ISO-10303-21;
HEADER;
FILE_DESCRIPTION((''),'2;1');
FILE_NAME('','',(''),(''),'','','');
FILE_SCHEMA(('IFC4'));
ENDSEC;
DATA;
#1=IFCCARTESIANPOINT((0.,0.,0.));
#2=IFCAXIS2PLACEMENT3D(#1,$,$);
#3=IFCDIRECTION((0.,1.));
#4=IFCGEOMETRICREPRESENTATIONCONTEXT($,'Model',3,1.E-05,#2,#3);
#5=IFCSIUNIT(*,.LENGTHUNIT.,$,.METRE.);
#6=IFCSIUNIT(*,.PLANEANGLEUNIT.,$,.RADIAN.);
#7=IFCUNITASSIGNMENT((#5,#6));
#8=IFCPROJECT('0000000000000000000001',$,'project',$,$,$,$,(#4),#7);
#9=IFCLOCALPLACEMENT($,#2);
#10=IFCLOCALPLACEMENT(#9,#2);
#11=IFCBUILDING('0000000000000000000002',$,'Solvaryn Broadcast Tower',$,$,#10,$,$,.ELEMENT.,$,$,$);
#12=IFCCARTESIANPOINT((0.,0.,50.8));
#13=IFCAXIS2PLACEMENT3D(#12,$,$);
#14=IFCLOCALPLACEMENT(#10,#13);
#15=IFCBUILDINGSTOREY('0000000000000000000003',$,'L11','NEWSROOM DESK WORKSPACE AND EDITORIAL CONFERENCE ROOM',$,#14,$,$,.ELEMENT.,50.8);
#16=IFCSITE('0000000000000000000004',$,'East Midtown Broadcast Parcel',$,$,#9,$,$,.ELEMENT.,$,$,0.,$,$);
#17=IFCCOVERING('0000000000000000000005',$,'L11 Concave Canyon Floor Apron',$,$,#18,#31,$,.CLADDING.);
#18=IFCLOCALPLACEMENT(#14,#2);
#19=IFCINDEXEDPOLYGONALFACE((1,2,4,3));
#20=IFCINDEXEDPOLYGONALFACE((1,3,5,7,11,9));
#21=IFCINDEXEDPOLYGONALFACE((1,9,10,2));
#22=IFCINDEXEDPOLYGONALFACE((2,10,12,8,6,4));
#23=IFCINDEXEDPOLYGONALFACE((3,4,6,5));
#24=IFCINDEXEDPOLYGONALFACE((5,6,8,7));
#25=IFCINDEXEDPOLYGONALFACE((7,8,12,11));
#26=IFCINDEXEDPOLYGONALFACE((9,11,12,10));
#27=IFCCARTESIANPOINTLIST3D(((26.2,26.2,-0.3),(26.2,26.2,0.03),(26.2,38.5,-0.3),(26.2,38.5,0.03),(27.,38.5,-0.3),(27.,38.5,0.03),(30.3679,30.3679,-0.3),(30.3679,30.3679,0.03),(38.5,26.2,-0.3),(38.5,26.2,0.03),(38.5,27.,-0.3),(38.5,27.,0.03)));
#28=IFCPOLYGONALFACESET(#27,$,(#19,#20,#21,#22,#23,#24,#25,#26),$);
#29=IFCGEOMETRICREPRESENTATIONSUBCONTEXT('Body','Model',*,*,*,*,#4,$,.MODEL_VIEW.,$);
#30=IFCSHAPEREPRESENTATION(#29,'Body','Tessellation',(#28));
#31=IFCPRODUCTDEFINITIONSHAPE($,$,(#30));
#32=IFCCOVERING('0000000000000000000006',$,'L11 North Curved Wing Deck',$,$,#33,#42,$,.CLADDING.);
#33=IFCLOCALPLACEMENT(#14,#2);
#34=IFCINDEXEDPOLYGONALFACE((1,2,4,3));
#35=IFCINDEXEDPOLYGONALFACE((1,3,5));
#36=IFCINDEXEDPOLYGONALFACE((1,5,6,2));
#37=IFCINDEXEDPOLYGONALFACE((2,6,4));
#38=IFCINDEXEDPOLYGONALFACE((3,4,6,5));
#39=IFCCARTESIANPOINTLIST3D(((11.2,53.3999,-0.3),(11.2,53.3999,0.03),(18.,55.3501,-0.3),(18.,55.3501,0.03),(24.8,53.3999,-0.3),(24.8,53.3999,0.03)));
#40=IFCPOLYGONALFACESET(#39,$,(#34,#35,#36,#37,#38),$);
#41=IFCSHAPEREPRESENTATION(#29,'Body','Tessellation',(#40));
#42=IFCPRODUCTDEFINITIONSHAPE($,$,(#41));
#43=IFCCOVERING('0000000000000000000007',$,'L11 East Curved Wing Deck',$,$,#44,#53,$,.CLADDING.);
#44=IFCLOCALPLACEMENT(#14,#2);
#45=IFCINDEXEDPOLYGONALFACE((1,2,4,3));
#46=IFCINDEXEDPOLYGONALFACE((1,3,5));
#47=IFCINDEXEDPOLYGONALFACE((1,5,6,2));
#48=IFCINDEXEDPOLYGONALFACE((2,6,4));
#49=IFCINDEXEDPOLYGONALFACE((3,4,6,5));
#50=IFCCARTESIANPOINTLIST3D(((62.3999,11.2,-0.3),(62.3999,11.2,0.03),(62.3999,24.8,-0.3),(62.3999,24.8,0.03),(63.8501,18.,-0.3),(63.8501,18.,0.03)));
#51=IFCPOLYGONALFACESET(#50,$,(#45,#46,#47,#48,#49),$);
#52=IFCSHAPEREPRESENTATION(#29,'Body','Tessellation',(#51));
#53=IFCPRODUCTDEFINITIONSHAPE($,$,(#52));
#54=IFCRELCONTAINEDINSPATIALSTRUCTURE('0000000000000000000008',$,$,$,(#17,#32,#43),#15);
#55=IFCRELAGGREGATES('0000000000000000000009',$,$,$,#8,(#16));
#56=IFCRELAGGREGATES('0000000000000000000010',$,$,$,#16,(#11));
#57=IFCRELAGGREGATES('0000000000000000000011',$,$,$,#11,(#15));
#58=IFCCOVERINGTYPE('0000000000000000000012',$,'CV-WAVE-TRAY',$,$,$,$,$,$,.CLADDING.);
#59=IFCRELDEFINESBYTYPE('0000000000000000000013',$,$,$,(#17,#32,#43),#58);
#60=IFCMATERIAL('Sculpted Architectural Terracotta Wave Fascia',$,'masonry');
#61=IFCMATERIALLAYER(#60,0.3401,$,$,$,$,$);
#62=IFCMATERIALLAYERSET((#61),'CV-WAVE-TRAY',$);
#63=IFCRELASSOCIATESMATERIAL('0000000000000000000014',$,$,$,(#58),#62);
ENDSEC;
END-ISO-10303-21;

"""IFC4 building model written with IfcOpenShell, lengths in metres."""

from ifc_helpers import new_model, si_unit, direction, frame, origin, place, context, subcontext, project, spatial, polyline, outline, extrude, material, layer, layer_set, type_object, element, save


model = new_model("IFC4")

# Units and contexts
model_context = context("Model", 3, precision=1e-05, world=origin(), true_north=direction((0.0, 1.0)))
body_context = subcontext(model_context, "Body", "Model", "MODEL_VIEW")
ifc_project = project(units=[si_unit("LENGTHUNIT", "METRE"), si_unit("PLANEANGLEUNIT", "RADIAN")], contexts=[model_context])

# Site, building, storey
site_placement = place(None, origin())
site = spatial("IfcSite", under=ifc_project, at=site_placement, Name="East Midtown Broadcast Parcel", CompositionType="ELEMENT", RefElevation=0.0)
building_placement = place(site_placement, origin())
building = spatial("IfcBuilding", under=site, at=building_placement, Name="Solvaryn Broadcast Tower", CompositionType="ELEMENT")
storey_placement = place(building_placement, frame((0.0, 0.0, 50.8)))
storey = spatial("IfcBuildingStorey", under=building, at=storey_placement, Name="L11", Description="NEWSROOM DESK WORKSPACE AND EDITORIAL CONFERENCE ROOM", CompositionType="ELEMENT", Elevation=50.8)

# Coverings
ifc_material_1 = material(Name="Sculpted Architectural Terracotta Wave Fascia", Category="masonry")
ifc_layer_1 = layer(ifc_material_1, 0.3401)
ifc_layer_set_1 = layer_set([ifc_layer_1], Name="CV-WAVE-TRAY")
covering_type_1 = type_object("IfcCoveringType", Name="CV-WAVE-TRAY", PredefinedType="CLADDING", material=ifc_layer_set_1)
covering_1_placement = place(storey_placement, frame((0.0, 0.0, -0.3)))
element("IfcCovering", 1, at=covering_1_placement, inside=storey, type_object=covering_type_1, Name="L11 Concave Canyon Floor Apron", PredefinedType="CLADDING", context=body_context, shape_type="SweptSolid", body=[
    extrude(outline(polyline([(26.2, 26.2), (38.5, 26.2), (38.5, 27.0), (30.3679, 30.3679), (27.0, 38.5), (26.2, 38.5), (26.2, 26.2)])), origin(), (0.0, 0.0, 1.0), 0.3301),
])
covering_2_placement = place(storey_placement, frame((0.0, 0.0, -0.3)))
element("IfcCovering", 2, at=covering_2_placement, inside=storey, type_object=covering_type_1, Name="L11 North Curved Wing Deck", PredefinedType="CLADDING", context=body_context, shape_type="SweptSolid", body=[
    extrude(outline(polyline([(11.2, 53.3999), (24.8, 53.3999), (18.0, 55.3501), (11.2, 53.3999)])), origin(), (0.0, 0.0, 1.0), 0.3301),
])
covering_3_placement = place(storey_placement, frame((0.0, 0.0, -0.3)))
element("IfcCovering", 3, at=covering_3_placement, inside=storey, type_object=covering_type_1, Name="L11 East Curved Wing Deck", PredefinedType="CLADDING", context=body_context, shape_type="SweptSolid", body=[
    extrude(outline(polyline([(62.3999, 11.2), (63.8501, 18.0), (62.3999, 24.8), (62.3999, 11.2)])), origin(), (0.0, 0.0, 1.0), 0.3301),
])

save(model, "model.ifc")
